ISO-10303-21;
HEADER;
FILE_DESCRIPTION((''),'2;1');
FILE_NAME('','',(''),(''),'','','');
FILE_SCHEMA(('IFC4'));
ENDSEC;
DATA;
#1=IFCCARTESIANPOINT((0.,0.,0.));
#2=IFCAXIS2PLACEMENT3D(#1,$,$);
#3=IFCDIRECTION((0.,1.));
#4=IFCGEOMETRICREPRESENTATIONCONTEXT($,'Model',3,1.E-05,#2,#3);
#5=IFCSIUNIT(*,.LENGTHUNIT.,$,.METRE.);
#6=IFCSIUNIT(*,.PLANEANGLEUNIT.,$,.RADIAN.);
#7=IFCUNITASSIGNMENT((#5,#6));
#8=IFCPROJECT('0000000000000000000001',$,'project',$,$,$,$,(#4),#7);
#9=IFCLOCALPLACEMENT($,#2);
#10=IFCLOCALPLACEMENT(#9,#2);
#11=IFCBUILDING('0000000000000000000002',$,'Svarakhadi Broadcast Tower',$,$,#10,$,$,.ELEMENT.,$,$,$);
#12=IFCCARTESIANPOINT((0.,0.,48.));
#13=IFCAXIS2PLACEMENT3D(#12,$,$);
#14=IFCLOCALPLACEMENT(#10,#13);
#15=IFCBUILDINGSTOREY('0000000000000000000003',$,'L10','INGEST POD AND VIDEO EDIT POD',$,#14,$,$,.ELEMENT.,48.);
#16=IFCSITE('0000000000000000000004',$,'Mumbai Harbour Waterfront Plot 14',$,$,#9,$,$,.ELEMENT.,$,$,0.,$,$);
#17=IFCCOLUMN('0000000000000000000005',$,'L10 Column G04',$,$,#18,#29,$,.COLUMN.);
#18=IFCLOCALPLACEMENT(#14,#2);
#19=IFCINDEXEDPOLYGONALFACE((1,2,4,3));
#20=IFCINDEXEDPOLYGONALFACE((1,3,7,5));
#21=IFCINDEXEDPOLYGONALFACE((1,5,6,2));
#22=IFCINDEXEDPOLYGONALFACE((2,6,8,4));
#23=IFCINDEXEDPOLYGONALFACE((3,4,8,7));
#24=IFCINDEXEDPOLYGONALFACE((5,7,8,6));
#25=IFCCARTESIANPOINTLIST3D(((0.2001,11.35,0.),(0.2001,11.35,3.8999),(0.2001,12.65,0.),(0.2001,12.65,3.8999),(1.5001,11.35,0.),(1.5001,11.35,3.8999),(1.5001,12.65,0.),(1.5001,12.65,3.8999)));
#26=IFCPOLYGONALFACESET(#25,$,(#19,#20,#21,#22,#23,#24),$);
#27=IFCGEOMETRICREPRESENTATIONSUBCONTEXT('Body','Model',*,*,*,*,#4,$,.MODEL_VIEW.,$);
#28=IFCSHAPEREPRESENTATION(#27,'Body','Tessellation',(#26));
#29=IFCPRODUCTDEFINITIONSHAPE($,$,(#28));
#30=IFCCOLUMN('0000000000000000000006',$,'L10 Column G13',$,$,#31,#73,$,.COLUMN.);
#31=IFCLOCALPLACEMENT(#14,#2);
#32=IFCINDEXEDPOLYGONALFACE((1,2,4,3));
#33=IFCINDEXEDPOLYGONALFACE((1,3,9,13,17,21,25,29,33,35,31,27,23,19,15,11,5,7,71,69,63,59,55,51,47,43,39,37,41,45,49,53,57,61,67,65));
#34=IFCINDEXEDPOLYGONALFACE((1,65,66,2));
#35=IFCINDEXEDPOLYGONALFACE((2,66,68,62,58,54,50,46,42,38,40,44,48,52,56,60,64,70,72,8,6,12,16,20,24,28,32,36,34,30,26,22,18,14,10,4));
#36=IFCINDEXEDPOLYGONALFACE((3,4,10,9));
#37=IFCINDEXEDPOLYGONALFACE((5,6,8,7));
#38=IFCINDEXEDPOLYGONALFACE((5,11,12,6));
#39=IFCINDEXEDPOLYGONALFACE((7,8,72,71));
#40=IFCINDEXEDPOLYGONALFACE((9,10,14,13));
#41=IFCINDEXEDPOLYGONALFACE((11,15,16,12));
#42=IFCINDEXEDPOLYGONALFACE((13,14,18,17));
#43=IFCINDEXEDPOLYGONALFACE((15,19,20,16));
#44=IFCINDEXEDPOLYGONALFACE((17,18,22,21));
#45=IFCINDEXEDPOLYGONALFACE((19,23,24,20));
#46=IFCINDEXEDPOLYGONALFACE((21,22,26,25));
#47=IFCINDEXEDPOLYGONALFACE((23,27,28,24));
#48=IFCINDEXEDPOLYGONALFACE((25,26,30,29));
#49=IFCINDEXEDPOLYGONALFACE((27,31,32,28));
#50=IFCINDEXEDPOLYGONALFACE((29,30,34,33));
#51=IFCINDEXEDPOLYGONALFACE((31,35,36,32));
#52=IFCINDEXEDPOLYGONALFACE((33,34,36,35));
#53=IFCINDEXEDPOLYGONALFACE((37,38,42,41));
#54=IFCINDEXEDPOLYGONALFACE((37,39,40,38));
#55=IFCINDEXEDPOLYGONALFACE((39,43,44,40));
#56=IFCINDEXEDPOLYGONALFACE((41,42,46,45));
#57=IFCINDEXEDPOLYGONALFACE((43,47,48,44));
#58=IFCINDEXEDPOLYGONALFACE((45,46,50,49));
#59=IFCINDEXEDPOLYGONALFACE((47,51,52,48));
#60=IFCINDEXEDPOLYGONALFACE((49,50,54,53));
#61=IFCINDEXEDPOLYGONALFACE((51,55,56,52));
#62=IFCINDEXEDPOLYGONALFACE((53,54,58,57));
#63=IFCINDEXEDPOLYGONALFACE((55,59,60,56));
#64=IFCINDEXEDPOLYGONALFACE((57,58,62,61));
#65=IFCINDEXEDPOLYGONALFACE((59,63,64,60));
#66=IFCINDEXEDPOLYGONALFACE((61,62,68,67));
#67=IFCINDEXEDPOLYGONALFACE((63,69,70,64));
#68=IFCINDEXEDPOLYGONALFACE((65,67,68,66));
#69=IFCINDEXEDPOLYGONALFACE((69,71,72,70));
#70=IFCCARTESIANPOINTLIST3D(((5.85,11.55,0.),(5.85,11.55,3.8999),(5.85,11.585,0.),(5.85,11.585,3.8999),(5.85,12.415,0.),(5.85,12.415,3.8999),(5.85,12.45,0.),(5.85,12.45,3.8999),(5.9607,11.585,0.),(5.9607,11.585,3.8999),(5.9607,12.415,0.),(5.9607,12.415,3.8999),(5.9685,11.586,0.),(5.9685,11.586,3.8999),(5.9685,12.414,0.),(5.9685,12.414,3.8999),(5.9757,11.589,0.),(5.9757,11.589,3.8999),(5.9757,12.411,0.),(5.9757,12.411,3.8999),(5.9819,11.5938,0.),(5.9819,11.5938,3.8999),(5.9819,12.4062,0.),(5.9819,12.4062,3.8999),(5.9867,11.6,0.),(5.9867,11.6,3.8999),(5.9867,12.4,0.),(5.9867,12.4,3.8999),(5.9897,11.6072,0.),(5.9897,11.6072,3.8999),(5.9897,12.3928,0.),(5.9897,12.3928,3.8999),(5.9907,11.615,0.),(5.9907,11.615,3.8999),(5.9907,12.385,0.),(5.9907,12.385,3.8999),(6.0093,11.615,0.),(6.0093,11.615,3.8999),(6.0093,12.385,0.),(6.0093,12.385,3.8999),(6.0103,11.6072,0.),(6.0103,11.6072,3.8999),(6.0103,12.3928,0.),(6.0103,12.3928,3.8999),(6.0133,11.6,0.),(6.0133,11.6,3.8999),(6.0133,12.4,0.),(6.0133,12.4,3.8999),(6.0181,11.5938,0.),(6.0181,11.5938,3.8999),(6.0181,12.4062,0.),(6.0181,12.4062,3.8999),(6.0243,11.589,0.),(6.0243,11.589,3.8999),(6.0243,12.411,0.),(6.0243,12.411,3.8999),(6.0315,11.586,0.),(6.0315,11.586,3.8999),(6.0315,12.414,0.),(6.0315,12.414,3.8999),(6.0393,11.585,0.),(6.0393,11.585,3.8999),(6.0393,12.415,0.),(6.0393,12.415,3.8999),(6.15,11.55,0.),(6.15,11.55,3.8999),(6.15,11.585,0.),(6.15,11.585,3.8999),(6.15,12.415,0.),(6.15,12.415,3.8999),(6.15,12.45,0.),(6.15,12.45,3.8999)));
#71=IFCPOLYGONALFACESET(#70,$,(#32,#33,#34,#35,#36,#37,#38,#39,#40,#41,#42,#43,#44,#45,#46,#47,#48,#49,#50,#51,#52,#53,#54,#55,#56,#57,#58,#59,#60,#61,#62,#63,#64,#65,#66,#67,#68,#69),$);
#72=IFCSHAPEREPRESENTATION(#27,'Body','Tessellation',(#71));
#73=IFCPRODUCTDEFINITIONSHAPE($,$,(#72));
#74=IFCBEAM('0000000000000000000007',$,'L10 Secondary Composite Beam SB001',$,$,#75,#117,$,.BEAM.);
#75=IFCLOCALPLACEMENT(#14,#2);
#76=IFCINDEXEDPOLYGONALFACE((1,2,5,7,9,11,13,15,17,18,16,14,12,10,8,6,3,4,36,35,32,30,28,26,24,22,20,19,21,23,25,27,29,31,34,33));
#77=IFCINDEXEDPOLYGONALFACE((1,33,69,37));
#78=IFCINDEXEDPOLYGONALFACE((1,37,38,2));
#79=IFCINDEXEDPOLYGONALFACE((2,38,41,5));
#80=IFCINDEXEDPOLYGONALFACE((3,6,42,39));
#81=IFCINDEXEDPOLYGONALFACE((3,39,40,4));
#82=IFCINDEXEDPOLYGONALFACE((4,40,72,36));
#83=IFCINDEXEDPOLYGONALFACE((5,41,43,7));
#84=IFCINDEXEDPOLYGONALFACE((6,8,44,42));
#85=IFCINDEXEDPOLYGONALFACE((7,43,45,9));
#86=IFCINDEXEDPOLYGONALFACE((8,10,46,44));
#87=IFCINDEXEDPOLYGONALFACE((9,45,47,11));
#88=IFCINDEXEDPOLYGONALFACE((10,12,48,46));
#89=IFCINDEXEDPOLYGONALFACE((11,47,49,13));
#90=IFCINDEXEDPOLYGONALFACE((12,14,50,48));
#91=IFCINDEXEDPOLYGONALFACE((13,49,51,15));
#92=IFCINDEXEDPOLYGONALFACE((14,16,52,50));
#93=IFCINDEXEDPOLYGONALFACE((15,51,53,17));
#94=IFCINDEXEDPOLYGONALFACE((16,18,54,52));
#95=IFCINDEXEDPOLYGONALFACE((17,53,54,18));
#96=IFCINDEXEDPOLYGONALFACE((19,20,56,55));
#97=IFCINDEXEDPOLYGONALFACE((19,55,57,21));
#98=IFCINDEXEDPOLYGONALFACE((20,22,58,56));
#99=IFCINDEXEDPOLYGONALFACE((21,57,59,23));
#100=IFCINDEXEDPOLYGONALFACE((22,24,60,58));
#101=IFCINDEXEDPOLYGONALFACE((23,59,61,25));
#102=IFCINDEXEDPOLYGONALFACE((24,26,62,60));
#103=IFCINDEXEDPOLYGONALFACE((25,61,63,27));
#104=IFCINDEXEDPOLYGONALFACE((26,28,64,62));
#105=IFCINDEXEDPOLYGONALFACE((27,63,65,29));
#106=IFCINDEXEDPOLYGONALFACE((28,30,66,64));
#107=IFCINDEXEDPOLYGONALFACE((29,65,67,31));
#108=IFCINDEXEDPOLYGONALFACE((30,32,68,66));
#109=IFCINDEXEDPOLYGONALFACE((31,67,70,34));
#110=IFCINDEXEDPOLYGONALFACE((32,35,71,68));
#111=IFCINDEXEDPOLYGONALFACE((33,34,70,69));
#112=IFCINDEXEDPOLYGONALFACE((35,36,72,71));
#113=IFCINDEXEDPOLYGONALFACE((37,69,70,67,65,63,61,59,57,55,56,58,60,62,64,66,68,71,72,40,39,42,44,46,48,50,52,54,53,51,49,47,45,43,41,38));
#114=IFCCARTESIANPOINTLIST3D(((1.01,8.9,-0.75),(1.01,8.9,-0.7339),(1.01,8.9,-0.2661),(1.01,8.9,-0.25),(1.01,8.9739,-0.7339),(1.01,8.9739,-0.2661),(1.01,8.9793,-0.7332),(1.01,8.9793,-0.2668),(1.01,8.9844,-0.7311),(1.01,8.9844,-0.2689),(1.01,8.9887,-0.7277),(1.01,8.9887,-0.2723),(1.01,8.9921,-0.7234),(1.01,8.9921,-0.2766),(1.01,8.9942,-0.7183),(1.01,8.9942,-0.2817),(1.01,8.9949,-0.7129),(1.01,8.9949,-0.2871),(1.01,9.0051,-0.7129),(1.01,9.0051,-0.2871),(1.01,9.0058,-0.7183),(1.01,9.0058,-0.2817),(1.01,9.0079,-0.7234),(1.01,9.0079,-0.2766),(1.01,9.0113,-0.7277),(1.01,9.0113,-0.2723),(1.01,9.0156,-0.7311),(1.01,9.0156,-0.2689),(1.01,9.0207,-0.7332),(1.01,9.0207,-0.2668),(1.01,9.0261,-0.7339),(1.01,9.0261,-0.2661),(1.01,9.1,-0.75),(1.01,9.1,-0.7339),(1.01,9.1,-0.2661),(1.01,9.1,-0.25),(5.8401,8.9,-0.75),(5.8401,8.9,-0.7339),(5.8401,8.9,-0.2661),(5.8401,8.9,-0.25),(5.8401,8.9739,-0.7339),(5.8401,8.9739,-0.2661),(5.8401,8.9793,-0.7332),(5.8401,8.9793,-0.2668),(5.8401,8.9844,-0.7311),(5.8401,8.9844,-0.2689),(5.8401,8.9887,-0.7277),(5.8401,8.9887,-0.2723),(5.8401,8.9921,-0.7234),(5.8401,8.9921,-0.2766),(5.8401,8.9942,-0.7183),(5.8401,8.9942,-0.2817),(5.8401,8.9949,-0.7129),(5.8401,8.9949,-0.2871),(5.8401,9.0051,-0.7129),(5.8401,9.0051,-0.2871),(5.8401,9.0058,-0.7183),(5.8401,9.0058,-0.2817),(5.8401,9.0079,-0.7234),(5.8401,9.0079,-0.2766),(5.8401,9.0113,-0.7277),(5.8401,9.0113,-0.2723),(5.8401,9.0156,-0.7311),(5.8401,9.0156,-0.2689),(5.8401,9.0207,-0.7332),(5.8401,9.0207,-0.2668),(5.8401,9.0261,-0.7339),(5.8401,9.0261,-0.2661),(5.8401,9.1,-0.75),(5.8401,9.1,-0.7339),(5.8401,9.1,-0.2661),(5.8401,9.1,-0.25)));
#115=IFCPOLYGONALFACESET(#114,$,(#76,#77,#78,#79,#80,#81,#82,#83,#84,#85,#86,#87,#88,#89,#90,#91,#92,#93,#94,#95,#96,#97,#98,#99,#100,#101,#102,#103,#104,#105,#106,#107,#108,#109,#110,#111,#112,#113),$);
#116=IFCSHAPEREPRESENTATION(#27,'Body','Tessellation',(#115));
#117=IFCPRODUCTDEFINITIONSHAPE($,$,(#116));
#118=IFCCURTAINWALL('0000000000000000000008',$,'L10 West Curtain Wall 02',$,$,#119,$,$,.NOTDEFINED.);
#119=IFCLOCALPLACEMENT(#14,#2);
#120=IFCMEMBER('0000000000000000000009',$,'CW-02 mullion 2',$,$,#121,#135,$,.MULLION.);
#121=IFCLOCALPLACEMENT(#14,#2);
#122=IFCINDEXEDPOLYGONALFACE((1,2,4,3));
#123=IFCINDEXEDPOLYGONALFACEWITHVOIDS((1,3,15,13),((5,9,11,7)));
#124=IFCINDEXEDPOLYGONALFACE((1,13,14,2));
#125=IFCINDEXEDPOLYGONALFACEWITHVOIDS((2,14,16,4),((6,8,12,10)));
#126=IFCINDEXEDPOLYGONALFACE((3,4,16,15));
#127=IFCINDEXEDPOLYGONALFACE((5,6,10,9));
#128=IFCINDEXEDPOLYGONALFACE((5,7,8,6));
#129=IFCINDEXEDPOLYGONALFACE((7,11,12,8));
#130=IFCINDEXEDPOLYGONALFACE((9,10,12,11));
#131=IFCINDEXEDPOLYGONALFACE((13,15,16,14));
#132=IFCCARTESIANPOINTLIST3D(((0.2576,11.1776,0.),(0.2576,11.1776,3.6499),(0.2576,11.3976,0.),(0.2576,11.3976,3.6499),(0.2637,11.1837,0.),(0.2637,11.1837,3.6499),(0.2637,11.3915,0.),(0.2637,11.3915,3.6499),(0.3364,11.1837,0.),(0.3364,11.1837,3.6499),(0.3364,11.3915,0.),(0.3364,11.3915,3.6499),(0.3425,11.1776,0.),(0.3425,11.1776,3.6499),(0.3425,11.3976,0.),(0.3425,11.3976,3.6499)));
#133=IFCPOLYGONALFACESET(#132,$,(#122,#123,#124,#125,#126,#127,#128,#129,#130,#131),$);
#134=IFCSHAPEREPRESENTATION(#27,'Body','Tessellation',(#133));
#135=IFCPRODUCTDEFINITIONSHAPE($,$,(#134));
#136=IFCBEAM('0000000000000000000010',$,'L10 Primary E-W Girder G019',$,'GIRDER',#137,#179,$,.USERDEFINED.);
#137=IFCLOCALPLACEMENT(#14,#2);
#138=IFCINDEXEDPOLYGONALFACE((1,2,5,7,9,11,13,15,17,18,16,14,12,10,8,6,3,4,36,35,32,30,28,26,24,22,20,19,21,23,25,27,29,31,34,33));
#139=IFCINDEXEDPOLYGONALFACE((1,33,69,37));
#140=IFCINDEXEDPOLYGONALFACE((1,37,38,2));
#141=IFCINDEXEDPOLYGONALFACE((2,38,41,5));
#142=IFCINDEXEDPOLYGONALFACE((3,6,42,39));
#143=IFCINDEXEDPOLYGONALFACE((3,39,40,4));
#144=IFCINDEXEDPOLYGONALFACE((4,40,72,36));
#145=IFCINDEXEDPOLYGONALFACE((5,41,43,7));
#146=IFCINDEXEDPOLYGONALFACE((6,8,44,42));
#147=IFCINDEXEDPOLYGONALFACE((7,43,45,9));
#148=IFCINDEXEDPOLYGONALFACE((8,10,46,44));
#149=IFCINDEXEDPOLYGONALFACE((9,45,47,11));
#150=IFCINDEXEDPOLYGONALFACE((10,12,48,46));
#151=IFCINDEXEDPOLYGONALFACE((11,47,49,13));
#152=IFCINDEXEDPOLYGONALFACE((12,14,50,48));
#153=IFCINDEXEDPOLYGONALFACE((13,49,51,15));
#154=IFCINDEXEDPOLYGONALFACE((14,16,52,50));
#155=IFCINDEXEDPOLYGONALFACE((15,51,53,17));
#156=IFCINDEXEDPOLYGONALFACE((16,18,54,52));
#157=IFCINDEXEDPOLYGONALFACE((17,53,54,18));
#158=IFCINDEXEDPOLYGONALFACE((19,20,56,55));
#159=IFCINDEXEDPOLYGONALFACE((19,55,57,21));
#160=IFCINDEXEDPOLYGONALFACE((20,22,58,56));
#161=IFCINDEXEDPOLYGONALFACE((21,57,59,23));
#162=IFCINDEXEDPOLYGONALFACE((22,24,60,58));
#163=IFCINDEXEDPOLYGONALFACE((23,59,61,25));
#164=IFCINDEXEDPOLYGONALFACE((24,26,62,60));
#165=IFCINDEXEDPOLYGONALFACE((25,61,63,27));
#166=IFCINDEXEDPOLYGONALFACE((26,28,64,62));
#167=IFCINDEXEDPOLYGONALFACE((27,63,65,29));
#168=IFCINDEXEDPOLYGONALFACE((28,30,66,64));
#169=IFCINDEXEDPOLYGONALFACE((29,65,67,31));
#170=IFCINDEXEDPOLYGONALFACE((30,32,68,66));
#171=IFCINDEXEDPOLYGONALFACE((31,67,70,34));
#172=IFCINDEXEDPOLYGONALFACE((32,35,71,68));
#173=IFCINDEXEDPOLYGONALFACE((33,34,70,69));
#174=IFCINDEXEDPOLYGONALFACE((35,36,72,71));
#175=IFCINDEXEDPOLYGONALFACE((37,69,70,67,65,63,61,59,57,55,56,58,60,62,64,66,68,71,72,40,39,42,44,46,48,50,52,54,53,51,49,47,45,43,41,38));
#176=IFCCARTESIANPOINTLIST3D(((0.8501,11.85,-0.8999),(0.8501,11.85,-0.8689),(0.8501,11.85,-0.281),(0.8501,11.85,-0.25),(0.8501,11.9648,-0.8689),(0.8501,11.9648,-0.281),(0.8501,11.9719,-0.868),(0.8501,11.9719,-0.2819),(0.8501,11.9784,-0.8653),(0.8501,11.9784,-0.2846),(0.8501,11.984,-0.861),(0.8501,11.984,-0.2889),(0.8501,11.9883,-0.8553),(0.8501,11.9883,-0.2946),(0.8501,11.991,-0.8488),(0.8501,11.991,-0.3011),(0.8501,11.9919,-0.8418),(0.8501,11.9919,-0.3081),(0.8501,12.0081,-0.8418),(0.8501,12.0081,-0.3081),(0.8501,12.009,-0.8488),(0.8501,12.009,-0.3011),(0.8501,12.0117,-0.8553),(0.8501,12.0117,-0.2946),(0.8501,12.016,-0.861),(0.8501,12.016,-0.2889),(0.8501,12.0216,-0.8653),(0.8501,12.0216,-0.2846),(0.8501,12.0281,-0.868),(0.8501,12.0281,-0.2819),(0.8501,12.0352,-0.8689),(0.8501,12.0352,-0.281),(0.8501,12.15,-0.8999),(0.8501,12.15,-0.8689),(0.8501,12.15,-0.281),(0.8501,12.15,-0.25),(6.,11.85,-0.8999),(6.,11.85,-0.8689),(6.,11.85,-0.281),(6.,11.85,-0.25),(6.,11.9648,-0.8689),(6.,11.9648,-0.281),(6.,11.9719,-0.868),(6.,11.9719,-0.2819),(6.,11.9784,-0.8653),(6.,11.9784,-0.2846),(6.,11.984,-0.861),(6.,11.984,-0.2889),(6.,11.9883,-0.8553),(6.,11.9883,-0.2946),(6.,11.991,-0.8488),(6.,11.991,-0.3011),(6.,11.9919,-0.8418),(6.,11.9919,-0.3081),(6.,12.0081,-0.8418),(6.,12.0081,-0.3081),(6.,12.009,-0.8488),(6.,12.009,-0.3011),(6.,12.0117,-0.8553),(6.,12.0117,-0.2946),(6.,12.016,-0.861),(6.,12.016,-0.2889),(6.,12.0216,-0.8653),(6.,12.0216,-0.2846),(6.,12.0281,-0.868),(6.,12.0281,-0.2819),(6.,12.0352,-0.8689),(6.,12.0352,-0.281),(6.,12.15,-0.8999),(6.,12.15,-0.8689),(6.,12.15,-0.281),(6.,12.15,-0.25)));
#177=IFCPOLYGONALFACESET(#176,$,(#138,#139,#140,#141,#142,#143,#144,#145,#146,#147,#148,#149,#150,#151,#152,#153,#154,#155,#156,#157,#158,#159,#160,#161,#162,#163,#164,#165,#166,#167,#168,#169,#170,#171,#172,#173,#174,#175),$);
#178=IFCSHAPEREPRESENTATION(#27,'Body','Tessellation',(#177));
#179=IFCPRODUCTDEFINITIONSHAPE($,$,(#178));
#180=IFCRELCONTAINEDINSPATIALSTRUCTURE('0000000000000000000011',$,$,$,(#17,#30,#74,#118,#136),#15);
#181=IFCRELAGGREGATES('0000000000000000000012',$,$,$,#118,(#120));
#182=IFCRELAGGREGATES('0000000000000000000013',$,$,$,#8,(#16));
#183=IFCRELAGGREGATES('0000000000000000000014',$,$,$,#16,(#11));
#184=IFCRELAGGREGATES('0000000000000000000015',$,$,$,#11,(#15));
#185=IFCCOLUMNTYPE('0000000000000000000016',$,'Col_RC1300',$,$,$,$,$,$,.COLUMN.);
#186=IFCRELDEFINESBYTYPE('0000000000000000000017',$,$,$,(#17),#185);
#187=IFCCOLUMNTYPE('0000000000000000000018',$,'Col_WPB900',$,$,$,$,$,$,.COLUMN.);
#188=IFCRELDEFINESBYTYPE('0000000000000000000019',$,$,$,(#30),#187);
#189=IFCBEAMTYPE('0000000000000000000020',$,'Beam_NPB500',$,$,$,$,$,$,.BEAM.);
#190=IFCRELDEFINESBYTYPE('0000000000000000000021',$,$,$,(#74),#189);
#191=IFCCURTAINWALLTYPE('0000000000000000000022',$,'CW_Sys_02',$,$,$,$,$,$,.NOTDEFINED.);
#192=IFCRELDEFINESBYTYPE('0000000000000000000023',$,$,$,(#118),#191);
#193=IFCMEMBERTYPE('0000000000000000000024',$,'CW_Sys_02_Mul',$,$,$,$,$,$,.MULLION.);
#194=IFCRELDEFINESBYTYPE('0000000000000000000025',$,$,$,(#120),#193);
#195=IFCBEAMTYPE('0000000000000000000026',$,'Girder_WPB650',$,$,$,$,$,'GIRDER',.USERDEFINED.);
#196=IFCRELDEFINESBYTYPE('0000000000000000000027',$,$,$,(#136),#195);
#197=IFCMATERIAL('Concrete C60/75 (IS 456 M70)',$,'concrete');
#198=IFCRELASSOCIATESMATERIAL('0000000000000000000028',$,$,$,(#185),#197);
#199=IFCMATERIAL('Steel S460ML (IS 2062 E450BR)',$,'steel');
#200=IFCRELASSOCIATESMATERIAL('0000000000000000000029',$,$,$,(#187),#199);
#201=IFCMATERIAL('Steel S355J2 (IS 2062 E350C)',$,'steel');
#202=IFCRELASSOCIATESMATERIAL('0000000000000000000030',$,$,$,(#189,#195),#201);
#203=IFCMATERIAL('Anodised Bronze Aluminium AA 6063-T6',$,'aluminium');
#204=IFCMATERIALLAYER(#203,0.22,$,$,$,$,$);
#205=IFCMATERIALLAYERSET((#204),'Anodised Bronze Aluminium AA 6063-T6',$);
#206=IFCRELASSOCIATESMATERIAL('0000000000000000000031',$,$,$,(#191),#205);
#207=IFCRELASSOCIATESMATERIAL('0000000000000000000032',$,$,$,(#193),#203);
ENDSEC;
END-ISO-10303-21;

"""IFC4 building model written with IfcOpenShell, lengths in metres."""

from ifc_helpers import new_model, si_unit, direction, frame, origin, origin_2d, place, context, subcontext, project, spatial, rectangle, hollow_rectangle, i_section, extrude, material, layer, layer_set, material_profile, profile_set, type_object, element, aggregate, save


model = new_model("IFC4")

# Units and contexts
model_context = context("Model", 3, precision=1e-05, world=origin(), true_north=direction((0.0, 1.0)))
body_context = subcontext(model_context, "Body", "Model", "MODEL_VIEW")
ifc_project = project(units=[si_unit("LENGTHUNIT", "METRE"), si_unit("PLANEANGLEUNIT", "RADIAN")], contexts=[model_context])

# Site, building, storey
site_placement = place(None, origin())
site = spatial("IfcSite", under=ifc_project, at=site_placement, Name="Mumbai Harbour Waterfront Plot 14", CompositionType="ELEMENT", RefElevation=0.0)
building_placement = place(site_placement, origin())
building = spatial("IfcBuilding", under=site, at=building_placement, Name="Svarakhadi Broadcast Tower", CompositionType="ELEMENT")
storey_placement = place(building_placement, frame((0.0, 0.0, 48.0)))
storey = spatial("IfcBuildingStorey", under=building, at=storey_placement, Name="L10", Description="INGEST POD AND VIDEO EDIT POD", CompositionType="ELEMENT", Elevation=48.0)

# Columns
ifc_material_1 = material(Name="Concrete C60/75 (IS 456 M70)", Category="concrete")
ifc_material_profile_1 = material_profile(ifc_material_1, rectangle(XDim=1.3, YDim=1.3, at=origin_2d()), Name="RC 1300x1300")
ifc_profile_set_1 = profile_set([ifc_material_profile_1], Name="Concrete C60/75 (IS 456 M70)")
column_type_1 = type_object("IfcColumnType", Name="Col_RC1300", PredefinedType="COLUMN", material=ifc_profile_set_1)
column_1_placement = place(storey_placement, frame((0.8501, 12.0, 0.0), z_axis=(0.0, 0.0, 1.0), x_axis=(1.0, 0.0, 0.0)))
element("IfcColumn", 1, at=column_1_placement, inside=storey, type_object=column_type_1, Name="L10 Column G04", PredefinedType="COLUMN", context=body_context, shape_type="SweptSolid", body=[
    extrude(rectangle(XDim=1.3, YDim=1.3, at=origin_2d()), origin(), (0.0, 0.0, 1.0), 3.8999),
])
ifc_material_2 = material(Name="Steel S460ML (IS 2062 E450BR)", Category="steel")
ifc_material_profile_2 = material_profile(ifc_material_2, i_section(OverallWidth=0.3, OverallDepth=0.8999, WebThickness=0.0186, FlangeThickness=0.0349, FilletRadius=0.03, at=origin_2d()), Name="WPB 900x300x291")
ifc_profile_set_2 = profile_set([ifc_material_profile_2], Name="Steel S460ML (IS 2062 E450BR)")
column_type_2 = type_object("IfcColumnType", Name="Col_WPB900", PredefinedType="COLUMN", material=ifc_profile_set_2)
column_2_placement = place(storey_placement, frame((6.0, 12.0, 0.0), z_axis=(0.0, 0.0, 1.0), x_axis=(1.0, 0.0, 0.0)))
element("IfcColumn", 2, at=column_2_placement, inside=storey, type_object=column_type_2, Name="L10 Column G13", PredefinedType="COLUMN", context=body_context, shape_type="SweptSolid", body=[
    extrude(i_section(OverallWidth=0.3, OverallDepth=0.8999, WebThickness=0.0186, FlangeThickness=0.0349, FilletRadius=0.03, at=origin_2d()), origin(), (0.0, 0.0, 1.0), 3.8999),
])

# Beam
ifc_material_3 = material(Name="Steel S355J2 (IS 2062 E350C)", Category="steel")
ifc_material_profile_3 = material_profile(ifc_material_3, i_section(OverallWidth=0.2, OverallDepth=0.5, WebThickness=0.0103, FlangeThickness=0.0161, FilletRadius=0.021, at=origin_2d()), Name="NPB 500x200x91")
ifc_profile_set_3 = profile_set([ifc_material_profile_3], Name="Steel S355J2 (IS 2062 E350C)")
beam_type_1 = type_object("IfcBeamType", Name="Beam_NPB500", PredefinedType="BEAM", material=ifc_profile_set_3)
beam_1_placement = place(storey_placement, frame((1.01, 9.0, -0.5), z_axis=(1.0, 0.0, 0.0), x_axis=(0.0, 1.0, 0.0)))
element("IfcBeam", 3, at=beam_1_placement, inside=storey, type_object=beam_type_1, Name="L10 Secondary Composite Beam SB001", PredefinedType="BEAM", context=body_context, shape_type="SweptSolid", body=[
    extrude(i_section(OverallWidth=0.2, OverallDepth=0.5, WebThickness=0.0103, FlangeThickness=0.0161, FilletRadius=0.021, at=origin_2d()), origin(), (0.0, 0.0, 1.0), 4.8301),
])

# Curtain wall, member
ifc_material_4 = material(Name="Anodised Bronze Aluminium AA 6063-T6", Category="aluminium")
ifc_layer_1 = layer(ifc_material_4, 0.22)
ifc_layer_set_1 = layer_set([ifc_layer_1], Name="Anodised Bronze Aluminium AA 6063-T6")
curtain_wall_type = type_object("IfcCurtainWallType", Name="CW_Sys_02", PredefinedType="NOTDEFINED", material=ifc_layer_set_1)
curtain_wall_placement = place(storey_placement, origin())
curtain_wall = element("IfcCurtainWall", 4, at=curtain_wall_placement, inside=storey, type_object=curtain_wall_type, Name="L10 West Curtain Wall 02", PredefinedType="NOTDEFINED")
ifc_material_profile_4 = material_profile(ifc_material_4, hollow_rectangle(XDim=0.085, YDim=0.22, WallThickness=0.0061, at=origin_2d()), Name="ALU MULLION 220x85x6")
ifc_profile_set_4 = profile_set([ifc_material_profile_4], Name="Anodised Bronze Aluminium AA 6063-T6")
member_type = type_object("IfcMemberType", Name="CW_Sys_02_Mul", PredefinedType="MULLION", material=ifc_profile_set_4)
member_placement = place(storey_placement, frame((0.3, 11.2876, 0.0), z_axis=(0.0, 0.0, 1.0), x_axis=(-1.0, 0.0, 0.0)))
member = element("IfcMember", 5, at=member_placement, type_object=member_type, Name="CW-02 mullion 2", PredefinedType="MULLION", context=body_context, shape_type="SweptSolid", body=[
    extrude(hollow_rectangle(XDim=0.085, YDim=0.22, WallThickness=0.0061, at=origin_2d()), origin(), (0.0, 0.0, 1.0), 3.6499),
])

# Beam
ifc_material_profile_5 = material_profile(ifc_material_3, i_section(OverallWidth=0.3, OverallDepth=0.6499, WebThickness=0.0161, FlangeThickness=0.031, FilletRadius=0.0271, at=origin_2d()), Name="WPB 650x300x225")
ifc_profile_set_5 = profile_set([ifc_material_profile_5], Name="Steel S355J2 (IS 2062 E350C)")
beam_type_2 = type_object("IfcBeamType", Name="Girder_WPB650", ElementType="GIRDER", PredefinedType="USERDEFINED", material=ifc_profile_set_5)
beam_2_placement = place(storey_placement, frame((0.8501, 12.0, -0.575), z_axis=(1.0, 0.0, 0.0), x_axis=(0.0, 1.0, 0.0)))
element("IfcBeam", 6, at=beam_2_placement, inside=storey, type_object=beam_type_2, Name="L10 Primary E-W Girder G019", ObjectType="GIRDER", PredefinedType="USERDEFINED", context=body_context, shape_type="SweptSolid", body=[
    extrude(i_section(OverallWidth=0.3, OverallDepth=0.6499, WebThickness=0.0161, FlangeThickness=0.031, FilletRadius=0.0271, at=origin_2d()), origin(), (0.0, 0.0, 1.0), 5.1499),
])

aggregate(curtain_wall, [member])

save(model, "model.ifc")
